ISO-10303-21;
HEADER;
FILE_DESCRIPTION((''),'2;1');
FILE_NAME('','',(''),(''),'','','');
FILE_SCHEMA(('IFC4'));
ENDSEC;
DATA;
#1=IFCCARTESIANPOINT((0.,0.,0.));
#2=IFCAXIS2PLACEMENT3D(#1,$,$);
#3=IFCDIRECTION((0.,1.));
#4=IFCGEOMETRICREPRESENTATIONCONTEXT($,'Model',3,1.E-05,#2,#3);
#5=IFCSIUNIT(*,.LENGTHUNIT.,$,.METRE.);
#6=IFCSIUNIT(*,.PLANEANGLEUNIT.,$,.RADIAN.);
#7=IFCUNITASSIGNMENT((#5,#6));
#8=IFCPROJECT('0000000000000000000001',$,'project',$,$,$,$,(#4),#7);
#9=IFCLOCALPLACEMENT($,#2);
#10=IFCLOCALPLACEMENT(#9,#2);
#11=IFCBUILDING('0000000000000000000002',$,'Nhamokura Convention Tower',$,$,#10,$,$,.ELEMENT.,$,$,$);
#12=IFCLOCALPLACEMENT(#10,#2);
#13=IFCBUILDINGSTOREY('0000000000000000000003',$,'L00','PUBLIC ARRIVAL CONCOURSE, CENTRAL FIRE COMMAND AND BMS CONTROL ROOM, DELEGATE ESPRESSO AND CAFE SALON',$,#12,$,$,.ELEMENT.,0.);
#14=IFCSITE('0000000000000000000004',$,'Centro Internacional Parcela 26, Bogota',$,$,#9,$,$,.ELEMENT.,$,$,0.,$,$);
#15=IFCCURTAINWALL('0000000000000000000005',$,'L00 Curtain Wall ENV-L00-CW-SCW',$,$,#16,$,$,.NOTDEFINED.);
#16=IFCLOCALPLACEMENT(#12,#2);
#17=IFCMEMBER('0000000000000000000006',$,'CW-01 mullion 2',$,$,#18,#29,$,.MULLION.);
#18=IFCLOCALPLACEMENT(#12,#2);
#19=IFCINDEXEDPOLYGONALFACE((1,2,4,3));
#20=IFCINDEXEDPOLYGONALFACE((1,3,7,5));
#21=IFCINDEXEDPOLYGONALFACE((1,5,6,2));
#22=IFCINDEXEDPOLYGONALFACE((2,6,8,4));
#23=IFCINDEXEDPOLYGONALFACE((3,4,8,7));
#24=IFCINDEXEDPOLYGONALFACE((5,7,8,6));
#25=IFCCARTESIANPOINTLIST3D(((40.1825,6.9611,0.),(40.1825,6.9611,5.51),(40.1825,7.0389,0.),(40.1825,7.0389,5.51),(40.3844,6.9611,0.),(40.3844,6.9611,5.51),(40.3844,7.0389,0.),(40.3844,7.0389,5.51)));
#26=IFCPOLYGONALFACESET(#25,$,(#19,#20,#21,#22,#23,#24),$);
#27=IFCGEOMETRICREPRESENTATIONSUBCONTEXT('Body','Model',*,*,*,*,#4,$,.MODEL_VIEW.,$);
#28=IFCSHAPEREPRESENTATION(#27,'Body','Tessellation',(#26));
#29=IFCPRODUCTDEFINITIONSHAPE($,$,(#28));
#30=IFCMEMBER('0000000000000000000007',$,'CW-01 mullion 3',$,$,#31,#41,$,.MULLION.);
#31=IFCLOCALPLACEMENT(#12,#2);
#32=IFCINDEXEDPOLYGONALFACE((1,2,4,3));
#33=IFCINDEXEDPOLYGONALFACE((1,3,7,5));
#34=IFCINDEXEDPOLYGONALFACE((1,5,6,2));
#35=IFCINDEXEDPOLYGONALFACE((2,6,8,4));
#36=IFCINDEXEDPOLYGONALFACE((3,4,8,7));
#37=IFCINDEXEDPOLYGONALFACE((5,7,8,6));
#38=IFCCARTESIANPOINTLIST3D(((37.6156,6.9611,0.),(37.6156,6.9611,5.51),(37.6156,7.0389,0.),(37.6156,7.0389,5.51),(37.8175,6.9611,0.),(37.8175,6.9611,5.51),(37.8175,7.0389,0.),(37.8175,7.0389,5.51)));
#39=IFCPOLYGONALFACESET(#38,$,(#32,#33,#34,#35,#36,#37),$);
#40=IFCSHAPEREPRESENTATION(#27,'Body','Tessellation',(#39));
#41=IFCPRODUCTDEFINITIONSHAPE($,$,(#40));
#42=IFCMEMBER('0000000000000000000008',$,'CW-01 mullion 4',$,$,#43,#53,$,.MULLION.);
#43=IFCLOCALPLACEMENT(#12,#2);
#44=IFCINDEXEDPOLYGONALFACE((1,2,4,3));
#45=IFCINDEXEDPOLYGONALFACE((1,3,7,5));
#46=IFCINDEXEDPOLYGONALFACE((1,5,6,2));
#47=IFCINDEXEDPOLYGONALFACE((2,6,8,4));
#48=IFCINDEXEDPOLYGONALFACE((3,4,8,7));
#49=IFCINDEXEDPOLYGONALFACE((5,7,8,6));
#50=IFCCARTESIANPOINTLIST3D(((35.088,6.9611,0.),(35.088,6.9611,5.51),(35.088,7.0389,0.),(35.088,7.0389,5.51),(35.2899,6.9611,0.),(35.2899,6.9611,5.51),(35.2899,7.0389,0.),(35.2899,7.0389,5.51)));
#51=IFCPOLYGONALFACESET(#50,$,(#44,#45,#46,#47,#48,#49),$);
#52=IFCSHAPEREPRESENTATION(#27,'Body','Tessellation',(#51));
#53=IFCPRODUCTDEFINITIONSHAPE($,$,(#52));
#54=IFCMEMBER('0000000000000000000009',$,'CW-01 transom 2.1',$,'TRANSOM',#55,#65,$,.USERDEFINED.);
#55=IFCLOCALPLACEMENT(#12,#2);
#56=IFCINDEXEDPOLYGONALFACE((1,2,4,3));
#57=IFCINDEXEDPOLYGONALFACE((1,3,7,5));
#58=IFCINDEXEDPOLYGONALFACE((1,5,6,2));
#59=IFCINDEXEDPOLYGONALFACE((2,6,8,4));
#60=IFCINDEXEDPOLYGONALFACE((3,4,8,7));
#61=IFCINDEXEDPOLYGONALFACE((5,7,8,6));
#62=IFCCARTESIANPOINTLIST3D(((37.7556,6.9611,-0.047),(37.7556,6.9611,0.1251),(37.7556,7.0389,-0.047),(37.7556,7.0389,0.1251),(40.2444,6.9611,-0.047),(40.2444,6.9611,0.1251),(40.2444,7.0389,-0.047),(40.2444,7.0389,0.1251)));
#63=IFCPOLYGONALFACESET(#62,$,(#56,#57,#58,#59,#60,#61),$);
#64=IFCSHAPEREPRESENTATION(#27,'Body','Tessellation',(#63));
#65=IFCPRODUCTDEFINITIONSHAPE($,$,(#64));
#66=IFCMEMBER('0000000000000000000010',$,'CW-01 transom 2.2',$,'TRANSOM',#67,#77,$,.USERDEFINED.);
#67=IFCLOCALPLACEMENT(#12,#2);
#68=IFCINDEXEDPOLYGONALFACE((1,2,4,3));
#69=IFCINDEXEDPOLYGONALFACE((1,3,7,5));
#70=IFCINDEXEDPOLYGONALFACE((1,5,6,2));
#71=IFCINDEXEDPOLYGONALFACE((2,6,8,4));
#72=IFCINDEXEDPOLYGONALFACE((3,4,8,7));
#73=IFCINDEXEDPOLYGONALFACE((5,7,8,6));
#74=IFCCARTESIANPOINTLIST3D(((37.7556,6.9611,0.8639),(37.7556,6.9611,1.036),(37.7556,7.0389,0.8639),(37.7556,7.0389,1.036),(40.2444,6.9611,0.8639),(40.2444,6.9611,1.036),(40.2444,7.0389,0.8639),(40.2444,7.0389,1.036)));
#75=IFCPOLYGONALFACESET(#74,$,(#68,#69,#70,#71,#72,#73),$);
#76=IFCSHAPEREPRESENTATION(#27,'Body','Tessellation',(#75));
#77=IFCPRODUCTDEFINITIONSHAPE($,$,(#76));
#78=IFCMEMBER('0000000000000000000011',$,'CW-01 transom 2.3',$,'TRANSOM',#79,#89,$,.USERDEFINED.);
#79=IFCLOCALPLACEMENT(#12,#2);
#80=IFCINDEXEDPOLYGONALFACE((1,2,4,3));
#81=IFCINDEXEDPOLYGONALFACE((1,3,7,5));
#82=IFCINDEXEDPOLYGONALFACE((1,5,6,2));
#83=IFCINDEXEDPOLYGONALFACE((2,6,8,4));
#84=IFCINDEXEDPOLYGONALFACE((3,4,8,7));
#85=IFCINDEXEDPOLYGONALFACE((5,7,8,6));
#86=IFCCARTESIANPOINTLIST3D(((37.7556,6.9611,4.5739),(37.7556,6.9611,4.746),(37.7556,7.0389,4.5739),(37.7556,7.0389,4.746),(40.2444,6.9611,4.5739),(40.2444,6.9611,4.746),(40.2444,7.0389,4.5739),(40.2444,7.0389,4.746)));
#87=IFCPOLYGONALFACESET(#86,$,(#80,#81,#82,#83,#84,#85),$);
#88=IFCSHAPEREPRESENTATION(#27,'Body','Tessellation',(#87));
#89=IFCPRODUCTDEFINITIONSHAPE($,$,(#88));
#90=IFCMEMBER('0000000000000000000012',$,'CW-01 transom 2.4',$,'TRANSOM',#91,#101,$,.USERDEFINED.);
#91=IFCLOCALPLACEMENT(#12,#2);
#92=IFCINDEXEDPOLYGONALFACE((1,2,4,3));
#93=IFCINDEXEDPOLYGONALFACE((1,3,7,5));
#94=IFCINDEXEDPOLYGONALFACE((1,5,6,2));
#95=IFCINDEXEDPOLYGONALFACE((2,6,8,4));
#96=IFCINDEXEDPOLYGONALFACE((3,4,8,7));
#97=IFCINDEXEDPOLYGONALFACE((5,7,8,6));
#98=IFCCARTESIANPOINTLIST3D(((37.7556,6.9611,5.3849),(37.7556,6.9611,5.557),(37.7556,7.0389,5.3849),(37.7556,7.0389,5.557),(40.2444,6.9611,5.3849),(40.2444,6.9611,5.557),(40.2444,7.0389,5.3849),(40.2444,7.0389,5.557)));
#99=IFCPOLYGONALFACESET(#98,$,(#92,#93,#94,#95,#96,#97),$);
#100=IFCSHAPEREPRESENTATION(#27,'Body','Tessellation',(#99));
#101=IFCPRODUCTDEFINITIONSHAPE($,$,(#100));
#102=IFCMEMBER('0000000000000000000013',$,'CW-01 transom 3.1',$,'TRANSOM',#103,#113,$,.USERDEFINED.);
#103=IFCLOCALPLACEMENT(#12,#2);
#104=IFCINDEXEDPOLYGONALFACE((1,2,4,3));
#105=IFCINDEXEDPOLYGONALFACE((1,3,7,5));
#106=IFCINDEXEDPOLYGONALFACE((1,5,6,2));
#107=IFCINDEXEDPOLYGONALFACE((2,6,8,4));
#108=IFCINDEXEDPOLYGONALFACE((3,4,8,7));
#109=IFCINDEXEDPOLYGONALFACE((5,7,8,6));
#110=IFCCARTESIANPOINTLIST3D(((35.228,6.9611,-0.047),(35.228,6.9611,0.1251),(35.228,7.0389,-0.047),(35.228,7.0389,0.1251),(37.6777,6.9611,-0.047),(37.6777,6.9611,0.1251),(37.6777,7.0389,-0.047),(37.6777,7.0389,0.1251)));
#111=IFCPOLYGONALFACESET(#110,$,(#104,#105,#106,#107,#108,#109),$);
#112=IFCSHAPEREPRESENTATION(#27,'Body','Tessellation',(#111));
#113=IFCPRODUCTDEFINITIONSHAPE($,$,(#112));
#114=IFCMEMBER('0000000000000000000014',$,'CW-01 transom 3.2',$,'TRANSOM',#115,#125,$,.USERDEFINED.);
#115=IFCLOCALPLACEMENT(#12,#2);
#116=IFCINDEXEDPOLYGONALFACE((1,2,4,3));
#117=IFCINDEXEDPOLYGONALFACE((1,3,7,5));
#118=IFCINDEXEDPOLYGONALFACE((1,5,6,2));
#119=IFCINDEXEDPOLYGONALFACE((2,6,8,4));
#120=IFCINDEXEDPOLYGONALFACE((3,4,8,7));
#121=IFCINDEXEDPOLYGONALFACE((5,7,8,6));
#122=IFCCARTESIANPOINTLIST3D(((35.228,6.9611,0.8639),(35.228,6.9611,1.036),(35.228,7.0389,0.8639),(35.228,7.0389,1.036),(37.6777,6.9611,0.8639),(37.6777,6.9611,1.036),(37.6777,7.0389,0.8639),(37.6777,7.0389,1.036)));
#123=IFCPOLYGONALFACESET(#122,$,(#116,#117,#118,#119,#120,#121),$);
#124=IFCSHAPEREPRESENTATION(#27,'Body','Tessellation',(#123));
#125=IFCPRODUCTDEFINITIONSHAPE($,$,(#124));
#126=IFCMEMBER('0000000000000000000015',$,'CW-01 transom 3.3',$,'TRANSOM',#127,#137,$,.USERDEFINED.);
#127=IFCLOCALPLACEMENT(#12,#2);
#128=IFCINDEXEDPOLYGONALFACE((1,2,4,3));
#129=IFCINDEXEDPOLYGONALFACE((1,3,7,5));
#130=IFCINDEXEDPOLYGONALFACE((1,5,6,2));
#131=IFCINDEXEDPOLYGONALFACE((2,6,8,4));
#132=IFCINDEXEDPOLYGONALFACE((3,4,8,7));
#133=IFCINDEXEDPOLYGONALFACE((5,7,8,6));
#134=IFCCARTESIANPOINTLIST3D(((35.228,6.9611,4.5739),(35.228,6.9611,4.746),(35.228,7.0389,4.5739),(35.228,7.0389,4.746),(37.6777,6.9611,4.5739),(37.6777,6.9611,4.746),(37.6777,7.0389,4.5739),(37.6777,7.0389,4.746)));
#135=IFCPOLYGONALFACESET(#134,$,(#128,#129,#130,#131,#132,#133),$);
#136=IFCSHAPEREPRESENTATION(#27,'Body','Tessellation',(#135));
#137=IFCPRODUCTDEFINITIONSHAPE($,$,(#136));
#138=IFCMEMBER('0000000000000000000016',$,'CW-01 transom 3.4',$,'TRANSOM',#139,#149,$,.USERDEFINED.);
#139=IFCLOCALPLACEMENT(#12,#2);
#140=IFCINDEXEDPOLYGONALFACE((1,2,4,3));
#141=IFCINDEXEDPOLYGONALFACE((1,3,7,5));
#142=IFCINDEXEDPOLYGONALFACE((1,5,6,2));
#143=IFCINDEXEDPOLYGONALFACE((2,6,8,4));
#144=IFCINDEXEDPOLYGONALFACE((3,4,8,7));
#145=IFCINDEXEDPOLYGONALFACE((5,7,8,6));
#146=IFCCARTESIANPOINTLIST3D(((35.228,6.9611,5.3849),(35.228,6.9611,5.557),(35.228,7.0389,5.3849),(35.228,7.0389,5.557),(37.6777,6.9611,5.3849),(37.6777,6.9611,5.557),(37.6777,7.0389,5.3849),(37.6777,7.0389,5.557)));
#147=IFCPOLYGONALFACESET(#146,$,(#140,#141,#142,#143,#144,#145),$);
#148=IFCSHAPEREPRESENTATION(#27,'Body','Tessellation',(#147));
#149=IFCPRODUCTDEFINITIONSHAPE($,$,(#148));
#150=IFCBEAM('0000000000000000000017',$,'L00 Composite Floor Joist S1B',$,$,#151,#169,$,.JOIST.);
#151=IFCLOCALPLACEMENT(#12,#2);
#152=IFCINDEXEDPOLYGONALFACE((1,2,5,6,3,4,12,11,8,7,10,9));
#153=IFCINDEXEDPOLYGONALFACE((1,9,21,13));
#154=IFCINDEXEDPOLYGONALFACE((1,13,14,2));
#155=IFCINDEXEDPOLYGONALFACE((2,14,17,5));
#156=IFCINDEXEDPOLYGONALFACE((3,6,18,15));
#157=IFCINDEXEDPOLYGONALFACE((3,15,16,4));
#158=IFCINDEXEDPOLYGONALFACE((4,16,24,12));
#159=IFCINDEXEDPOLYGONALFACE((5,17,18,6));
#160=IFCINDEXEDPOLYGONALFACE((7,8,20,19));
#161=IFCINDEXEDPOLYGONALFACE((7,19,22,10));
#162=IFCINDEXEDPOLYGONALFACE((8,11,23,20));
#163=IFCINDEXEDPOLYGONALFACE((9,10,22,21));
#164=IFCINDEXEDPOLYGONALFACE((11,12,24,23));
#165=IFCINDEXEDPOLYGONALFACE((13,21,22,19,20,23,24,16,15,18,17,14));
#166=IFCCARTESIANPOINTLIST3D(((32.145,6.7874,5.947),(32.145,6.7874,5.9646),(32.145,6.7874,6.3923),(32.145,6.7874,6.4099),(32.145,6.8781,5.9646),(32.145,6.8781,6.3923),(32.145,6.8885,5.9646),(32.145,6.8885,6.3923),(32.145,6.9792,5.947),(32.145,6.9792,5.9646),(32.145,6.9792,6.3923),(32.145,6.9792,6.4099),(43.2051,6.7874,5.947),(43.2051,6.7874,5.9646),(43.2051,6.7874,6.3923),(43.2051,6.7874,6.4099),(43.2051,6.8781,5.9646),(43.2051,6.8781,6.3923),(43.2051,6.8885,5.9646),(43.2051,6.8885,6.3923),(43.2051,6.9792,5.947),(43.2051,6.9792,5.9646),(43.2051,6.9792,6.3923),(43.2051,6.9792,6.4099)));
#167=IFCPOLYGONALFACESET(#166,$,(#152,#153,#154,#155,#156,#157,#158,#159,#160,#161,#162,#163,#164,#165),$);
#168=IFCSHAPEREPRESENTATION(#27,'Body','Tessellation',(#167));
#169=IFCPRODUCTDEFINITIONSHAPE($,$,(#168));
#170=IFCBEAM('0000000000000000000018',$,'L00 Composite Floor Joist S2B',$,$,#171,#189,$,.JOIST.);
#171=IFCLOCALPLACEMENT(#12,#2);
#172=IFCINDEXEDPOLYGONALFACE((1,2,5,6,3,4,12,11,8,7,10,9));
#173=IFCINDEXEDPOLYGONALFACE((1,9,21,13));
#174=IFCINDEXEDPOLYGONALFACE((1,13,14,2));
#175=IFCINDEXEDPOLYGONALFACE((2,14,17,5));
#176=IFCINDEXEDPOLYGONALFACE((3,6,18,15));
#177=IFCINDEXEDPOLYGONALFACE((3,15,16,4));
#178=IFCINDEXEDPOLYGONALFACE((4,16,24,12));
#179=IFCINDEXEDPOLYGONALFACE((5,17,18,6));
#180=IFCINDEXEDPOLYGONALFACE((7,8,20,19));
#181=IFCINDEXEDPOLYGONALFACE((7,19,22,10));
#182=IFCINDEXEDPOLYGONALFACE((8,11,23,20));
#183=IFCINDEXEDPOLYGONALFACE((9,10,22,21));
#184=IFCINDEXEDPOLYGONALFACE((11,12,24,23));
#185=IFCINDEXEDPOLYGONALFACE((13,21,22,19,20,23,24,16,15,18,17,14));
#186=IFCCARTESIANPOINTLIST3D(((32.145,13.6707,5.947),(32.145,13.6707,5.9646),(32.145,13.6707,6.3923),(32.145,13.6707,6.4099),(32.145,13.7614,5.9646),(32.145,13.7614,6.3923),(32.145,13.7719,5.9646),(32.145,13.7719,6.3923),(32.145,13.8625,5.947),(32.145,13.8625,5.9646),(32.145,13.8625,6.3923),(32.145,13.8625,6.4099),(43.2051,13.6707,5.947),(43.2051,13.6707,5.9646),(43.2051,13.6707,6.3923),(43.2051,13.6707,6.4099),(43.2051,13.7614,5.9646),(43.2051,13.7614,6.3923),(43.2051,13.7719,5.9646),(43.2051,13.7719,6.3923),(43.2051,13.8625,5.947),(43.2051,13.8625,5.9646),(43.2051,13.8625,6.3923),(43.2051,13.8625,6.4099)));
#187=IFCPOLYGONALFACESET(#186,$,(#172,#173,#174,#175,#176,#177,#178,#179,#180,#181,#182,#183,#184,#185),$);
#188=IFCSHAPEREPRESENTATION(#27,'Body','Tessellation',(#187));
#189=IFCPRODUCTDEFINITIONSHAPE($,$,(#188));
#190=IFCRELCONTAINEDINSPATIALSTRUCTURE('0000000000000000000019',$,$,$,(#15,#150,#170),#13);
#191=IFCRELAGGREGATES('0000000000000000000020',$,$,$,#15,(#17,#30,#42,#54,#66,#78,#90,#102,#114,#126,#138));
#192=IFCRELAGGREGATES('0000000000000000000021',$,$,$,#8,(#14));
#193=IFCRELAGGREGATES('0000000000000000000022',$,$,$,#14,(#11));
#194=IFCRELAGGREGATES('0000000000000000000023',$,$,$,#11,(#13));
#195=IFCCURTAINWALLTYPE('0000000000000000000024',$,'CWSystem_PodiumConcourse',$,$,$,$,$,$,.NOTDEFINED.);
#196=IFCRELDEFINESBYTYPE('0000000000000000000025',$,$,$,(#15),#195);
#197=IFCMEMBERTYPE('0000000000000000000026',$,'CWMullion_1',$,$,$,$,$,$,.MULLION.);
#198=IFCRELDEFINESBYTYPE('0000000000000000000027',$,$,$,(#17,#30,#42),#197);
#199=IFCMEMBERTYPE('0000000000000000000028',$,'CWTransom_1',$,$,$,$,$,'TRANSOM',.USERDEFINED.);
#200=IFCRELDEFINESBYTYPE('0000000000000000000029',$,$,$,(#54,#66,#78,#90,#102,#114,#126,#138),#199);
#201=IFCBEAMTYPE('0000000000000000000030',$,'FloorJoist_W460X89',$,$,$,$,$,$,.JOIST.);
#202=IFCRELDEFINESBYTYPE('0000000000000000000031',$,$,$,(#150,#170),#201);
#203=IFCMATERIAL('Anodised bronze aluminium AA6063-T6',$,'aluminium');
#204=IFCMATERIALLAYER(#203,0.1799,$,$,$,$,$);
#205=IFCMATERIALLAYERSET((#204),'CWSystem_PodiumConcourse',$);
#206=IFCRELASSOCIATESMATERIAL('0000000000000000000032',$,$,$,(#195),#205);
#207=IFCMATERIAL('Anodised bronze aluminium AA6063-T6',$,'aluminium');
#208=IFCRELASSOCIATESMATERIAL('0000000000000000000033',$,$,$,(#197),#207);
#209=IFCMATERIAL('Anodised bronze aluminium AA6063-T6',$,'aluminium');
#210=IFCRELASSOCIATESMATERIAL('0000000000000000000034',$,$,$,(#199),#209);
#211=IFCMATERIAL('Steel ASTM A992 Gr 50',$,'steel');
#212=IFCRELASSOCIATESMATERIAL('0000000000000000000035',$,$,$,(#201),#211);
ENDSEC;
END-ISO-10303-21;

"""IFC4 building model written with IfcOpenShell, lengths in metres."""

from ifc_helpers import new_model, si_unit, direction, frame, origin, origin_2d, place, context, subcontext, project, spatial, rectangle, i_section, extrude, material, layer, layer_set, material_profile, profile_set, type_object, element, aggregate, save


model = new_model("IFC4")

# Units and contexts
model_context = context("Model", 3, precision=1e-05, world=origin(), true_north=direction((0.0, 1.0)))
body_context = subcontext(model_context, "Body", "Model", "MODEL_VIEW")
ifc_project = project(units=[si_unit("LENGTHUNIT", "METRE"), si_unit("PLANEANGLEUNIT", "RADIAN")], contexts=[model_context])

# Site, building, storey
site_placement = place(None, origin())
site = spatial("IfcSite", under=ifc_project, at=site_placement, Name="Centro Internacional Parcela 26, Bogota", CompositionType="ELEMENT", RefElevation=0.0)
building_placement = place(site_placement, origin())
building = spatial("IfcBuilding", under=site, at=building_placement, Name="Nhamokura Convention Tower", CompositionType="ELEMENT")
storey_placement = place(building_placement, origin())
storey = spatial("IfcBuildingStorey", under=building, at=storey_placement, Name="L00", Description="PUBLIC ARRIVAL CONCOURSE, CENTRAL FIRE COMMAND AND BMS CONTROL ROOM, DELEGATE ESPRESSO AND CAFE SALON", CompositionType="ELEMENT", Elevation=0.0)

# Curtain wall, members
ifc_material_1 = material(Name="Anodised bronze aluminium AA6063-T6", Category="aluminium")
ifc_layer_1 = layer(ifc_material_1, 0.1799)
ifc_layer_set_1 = layer_set([ifc_layer_1], Name="CWSystem_PodiumConcourse")
curtain_wall_type = type_object("IfcCurtainWallType", Name="CWSystem_PodiumConcourse", PredefinedType="NOTDEFINED", material=ifc_layer_set_1)
curtain_wall_placement = place(storey_placement, origin())
curtain_wall = element("IfcCurtainWall", 1, at=curtain_wall_placement, inside=storey, type_object=curtain_wall_type, Name="L00 Curtain Wall ENV-L00-CW-SCW", PredefinedType="NOTDEFINED")
ifc_material_2 = material(Name="Anodised bronze aluminium AA6063-T6", Category="aluminium")
ifc_material_profile_1 = material_profile(ifc_material_2, rectangle(XDim=0.0779, YDim=0.2019, at=origin_2d()))
ifc_profile_set_1 = profile_set([ifc_material_profile_1], Name="Anodised bronze aluminium AA6063-T6")
member_type_1 = type_object("IfcMemberType", Name="CWMullion_1", PredefinedType="MULLION", material=ifc_profile_set_1)
member_1_placement = place(storey_placement, frame((40.2834, 7.0, 0.0), z_axis=(0.0, 0.0, 1.0), x_axis=(0.0, -1.0, 0.0)))
member_1 = element("IfcMember", 2, at=member_1_placement, type_object=member_type_1, Name="CW-01 mullion 2", PredefinedType="MULLION", context=body_context, shape_type="SweptSolid", body=[
    extrude(rectangle(XDim=0.0779, YDim=0.2019, at=origin_2d()), origin(), (0.0, 0.0, 1.0), 5.51),
])
member_2_placement = place(storey_placement, frame((37.7166, 7.0, 0.0), z_axis=(0.0, 0.0, 1.0), x_axis=(0.0, -1.0, 0.0)))
member_2 = element("IfcMember", 3, at=member_2_placement, type_object=member_type_1, Name="CW-01 mullion 3", PredefinedType="MULLION", context=body_context, shape_type="SweptSolid", body=[
    extrude(rectangle(XDim=0.0779, YDim=0.2019, at=origin_2d()), origin(), (0.0, 0.0, 1.0), 5.51),
])
member_3_placement = place(storey_placement, frame((35.189, 7.0, 0.0), z_axis=(0.0, 0.0, 1.0), x_axis=(0.0, -1.0, 0.0)))
member_3 = element("IfcMember", 4, at=member_3_placement, type_object=member_type_1, Name="CW-01 mullion 4", PredefinedType="MULLION", context=body_context, shape_type="SweptSolid", body=[
    extrude(rectangle(XDim=0.0779, YDim=0.2019, at=origin_2d()), origin(), (0.0, 0.0, 1.0), 5.51),
])
ifc_material_3 = material(Name="Anodised bronze aluminium AA6063-T6", Category="aluminium")
ifc_material_profile_2 = material_profile(ifc_material_3, rectangle(XDim=0.0779, YDim=0.1721, at=origin_2d()))
ifc_profile_set_2 = profile_set([ifc_material_profile_2], Name="Anodised bronze aluminium AA6063-T6")
member_type_2 = type_object("IfcMemberType", Name="CWTransom_1", ElementType="TRANSOM", PredefinedType="USERDEFINED", material=ifc_profile_set_2)
member_4_placement = place(storey_placement, frame((40.2444, 7.0, 0.0391), z_axis=(-1.0, 0.0, 0.0), x_axis=(0.0, -1.0, 0.0)))
member_4 = element("IfcMember", 5, at=member_4_placement, type_object=member_type_2, Name="CW-01 transom 2.1", ObjectType="TRANSOM", PredefinedType="USERDEFINED", context=body_context, shape_type="SweptSolid", body=[
    extrude(rectangle(XDim=0.0779, YDim=0.1721, at=origin_2d()), origin(), (0.0, 0.0, 1.0), 2.4888),
])
member_5_placement = place(storey_placement, frame((40.2444, 7.0, 0.95), z_axis=(-1.0, 0.0, 0.0), x_axis=(0.0, -1.0, 0.0)))
member_5 = element("IfcMember", 6, at=member_5_placement, type_object=member_type_2, Name="CW-01 transom 2.2", ObjectType="TRANSOM", PredefinedType="USERDEFINED", context=body_context, shape_type="SweptSolid", body=[
    extrude(rectangle(XDim=0.0779, YDim=0.1721, at=origin_2d()), origin(), (0.0, 0.0, 1.0), 2.4888),
])
member_6_placement = place(storey_placement, frame((40.2444, 7.0, 4.6599), z_axis=(-1.0, 0.0, 0.0), x_axis=(0.0, -1.0, 0.0)))
member_6 = element("IfcMember", 7, at=member_6_placement, type_object=member_type_2, Name="CW-01 transom 2.3", ObjectType="TRANSOM", PredefinedType="USERDEFINED", context=body_context, shape_type="SweptSolid", body=[
    extrude(rectangle(XDim=0.0779, YDim=0.1721, at=origin_2d()), origin(), (0.0, 0.0, 1.0), 2.4888),
])
member_7_placement = place(storey_placement, frame((40.2444, 7.0, 5.4709), z_axis=(-1.0, 0.0, 0.0), x_axis=(0.0, -1.0, 0.0)))
member_7 = element("IfcMember", 8, at=member_7_placement, type_object=member_type_2, Name="CW-01 transom 2.4", ObjectType="TRANSOM", PredefinedType="USERDEFINED", context=body_context, shape_type="SweptSolid", body=[
    extrude(rectangle(XDim=0.0779, YDim=0.1721, at=origin_2d()), origin(), (0.0, 0.0, 1.0), 2.4888),
])
member_8_placement = place(storey_placement, frame((37.6777, 7.0, 0.0391), z_axis=(-1.0, 0.0, 0.0), x_axis=(0.0, -1.0, 0.0)))
member_8 = element("IfcMember", 9, at=member_8_placement, type_object=member_type_2, Name="CW-01 transom 3.1", ObjectType="TRANSOM", PredefinedType="USERDEFINED", context=body_context, shape_type="SweptSolid", body=[
    extrude(rectangle(XDim=0.0779, YDim=0.1721, at=origin_2d()), origin(), (0.0, 0.0, 1.0), 2.4497),
])
member_9_placement = place(storey_placement, frame((37.6777, 7.0, 0.95), z_axis=(-1.0, 0.0, 0.0), x_axis=(0.0, -1.0, 0.0)))
member_9 = element("IfcMember", 10, at=member_9_placement, type_object=member_type_2, Name="CW-01 transom 3.2", ObjectType="TRANSOM", PredefinedType="USERDEFINED", context=body_context, shape_type="SweptSolid", body=[
    extrude(rectangle(XDim=0.0779, YDim=0.1721, at=origin_2d()), origin(), (0.0, 0.0, 1.0), 2.4497),
])
member_10_placement = place(storey_placement, frame((37.6777, 7.0, 4.6599), z_axis=(-1.0, 0.0, 0.0), x_axis=(0.0, -1.0, 0.0)))
member_10 = element("IfcMember", 11, at=member_10_placement, type_object=member_type_2, Name="CW-01 transom 3.3", ObjectType="TRANSOM", PredefinedType="USERDEFINED", context=body_context, shape_type="SweptSolid", body=[
    extrude(rectangle(XDim=0.0779, YDim=0.1721, at=origin_2d()), origin(), (0.0, 0.0, 1.0), 2.4497),
])
member_11_placement = place(storey_placement, frame((37.6777, 7.0, 5.4709), z_axis=(-1.0, 0.0, 0.0), x_axis=(0.0, -1.0, 0.0)))
member_11 = element("IfcMember", 12, at=member_11_placement, type_object=member_type_2, Name="CW-01 transom 3.4", ObjectType="TRANSOM", PredefinedType="USERDEFINED", context=body_context, shape_type="SweptSolid", body=[
    extrude(rectangle(XDim=0.0779, YDim=0.1721, at=origin_2d()), origin(), (0.0, 0.0, 1.0), 2.4497),
])

# Beams
ifc_material_4 = material(Name="Steel ASTM A992 Gr 50", Category="steel")
ifc_material_profile_3 = material_profile(ifc_material_4, i_section(OverallWidth=0.1919, OverallDepth=0.4629, WebThickness=0.0105, FlangeThickness=0.0176, at=origin_2d()))
ifc_profile_set_3 = profile_set([ifc_material_profile_3], Name="Steel ASTM A992 Gr 50")
beam_type_1 = type_object("IfcBeamType", Name="FloorJoist_W460X89", PredefinedType="JOIST", material=ifc_profile_set_3)
for number, where, z_axis, x_axis, name in (
    (13, (32.145, 6.8833, 6.1785), (1.0, 0.0, 0.0), (0.0, 1.0, 0.0), "L00 Composite Floor Joist S1B"),
    (14, (32.145, 13.7666, 6.1785), (1.0, 0.0, 0.0), (0.0, 1.0, 0.0), "L00 Composite Floor Joist S2B"),
):
    element("IfcBeam", number, at=place(storey_placement, frame(where, z_axis=z_axis, x_axis=x_axis)), inside=storey, type_object=beam_type_1, Name=name, PredefinedType="JOIST", context=body_context, shape_type="SweptSolid", body=[
        extrude(i_section(OverallWidth=0.1919, OverallDepth=0.4629, WebThickness=0.0105, FlangeThickness=0.0176, at=origin_2d()), origin(), (0.0, 0.0, 1.0), 11.0601),
    ])

aggregate(curtain_wall, [member_1, member_2, member_3, member_4, member_5, member_6, member_7, member_8, member_9, member_10, member_11])

save(model, "model.ifc")
